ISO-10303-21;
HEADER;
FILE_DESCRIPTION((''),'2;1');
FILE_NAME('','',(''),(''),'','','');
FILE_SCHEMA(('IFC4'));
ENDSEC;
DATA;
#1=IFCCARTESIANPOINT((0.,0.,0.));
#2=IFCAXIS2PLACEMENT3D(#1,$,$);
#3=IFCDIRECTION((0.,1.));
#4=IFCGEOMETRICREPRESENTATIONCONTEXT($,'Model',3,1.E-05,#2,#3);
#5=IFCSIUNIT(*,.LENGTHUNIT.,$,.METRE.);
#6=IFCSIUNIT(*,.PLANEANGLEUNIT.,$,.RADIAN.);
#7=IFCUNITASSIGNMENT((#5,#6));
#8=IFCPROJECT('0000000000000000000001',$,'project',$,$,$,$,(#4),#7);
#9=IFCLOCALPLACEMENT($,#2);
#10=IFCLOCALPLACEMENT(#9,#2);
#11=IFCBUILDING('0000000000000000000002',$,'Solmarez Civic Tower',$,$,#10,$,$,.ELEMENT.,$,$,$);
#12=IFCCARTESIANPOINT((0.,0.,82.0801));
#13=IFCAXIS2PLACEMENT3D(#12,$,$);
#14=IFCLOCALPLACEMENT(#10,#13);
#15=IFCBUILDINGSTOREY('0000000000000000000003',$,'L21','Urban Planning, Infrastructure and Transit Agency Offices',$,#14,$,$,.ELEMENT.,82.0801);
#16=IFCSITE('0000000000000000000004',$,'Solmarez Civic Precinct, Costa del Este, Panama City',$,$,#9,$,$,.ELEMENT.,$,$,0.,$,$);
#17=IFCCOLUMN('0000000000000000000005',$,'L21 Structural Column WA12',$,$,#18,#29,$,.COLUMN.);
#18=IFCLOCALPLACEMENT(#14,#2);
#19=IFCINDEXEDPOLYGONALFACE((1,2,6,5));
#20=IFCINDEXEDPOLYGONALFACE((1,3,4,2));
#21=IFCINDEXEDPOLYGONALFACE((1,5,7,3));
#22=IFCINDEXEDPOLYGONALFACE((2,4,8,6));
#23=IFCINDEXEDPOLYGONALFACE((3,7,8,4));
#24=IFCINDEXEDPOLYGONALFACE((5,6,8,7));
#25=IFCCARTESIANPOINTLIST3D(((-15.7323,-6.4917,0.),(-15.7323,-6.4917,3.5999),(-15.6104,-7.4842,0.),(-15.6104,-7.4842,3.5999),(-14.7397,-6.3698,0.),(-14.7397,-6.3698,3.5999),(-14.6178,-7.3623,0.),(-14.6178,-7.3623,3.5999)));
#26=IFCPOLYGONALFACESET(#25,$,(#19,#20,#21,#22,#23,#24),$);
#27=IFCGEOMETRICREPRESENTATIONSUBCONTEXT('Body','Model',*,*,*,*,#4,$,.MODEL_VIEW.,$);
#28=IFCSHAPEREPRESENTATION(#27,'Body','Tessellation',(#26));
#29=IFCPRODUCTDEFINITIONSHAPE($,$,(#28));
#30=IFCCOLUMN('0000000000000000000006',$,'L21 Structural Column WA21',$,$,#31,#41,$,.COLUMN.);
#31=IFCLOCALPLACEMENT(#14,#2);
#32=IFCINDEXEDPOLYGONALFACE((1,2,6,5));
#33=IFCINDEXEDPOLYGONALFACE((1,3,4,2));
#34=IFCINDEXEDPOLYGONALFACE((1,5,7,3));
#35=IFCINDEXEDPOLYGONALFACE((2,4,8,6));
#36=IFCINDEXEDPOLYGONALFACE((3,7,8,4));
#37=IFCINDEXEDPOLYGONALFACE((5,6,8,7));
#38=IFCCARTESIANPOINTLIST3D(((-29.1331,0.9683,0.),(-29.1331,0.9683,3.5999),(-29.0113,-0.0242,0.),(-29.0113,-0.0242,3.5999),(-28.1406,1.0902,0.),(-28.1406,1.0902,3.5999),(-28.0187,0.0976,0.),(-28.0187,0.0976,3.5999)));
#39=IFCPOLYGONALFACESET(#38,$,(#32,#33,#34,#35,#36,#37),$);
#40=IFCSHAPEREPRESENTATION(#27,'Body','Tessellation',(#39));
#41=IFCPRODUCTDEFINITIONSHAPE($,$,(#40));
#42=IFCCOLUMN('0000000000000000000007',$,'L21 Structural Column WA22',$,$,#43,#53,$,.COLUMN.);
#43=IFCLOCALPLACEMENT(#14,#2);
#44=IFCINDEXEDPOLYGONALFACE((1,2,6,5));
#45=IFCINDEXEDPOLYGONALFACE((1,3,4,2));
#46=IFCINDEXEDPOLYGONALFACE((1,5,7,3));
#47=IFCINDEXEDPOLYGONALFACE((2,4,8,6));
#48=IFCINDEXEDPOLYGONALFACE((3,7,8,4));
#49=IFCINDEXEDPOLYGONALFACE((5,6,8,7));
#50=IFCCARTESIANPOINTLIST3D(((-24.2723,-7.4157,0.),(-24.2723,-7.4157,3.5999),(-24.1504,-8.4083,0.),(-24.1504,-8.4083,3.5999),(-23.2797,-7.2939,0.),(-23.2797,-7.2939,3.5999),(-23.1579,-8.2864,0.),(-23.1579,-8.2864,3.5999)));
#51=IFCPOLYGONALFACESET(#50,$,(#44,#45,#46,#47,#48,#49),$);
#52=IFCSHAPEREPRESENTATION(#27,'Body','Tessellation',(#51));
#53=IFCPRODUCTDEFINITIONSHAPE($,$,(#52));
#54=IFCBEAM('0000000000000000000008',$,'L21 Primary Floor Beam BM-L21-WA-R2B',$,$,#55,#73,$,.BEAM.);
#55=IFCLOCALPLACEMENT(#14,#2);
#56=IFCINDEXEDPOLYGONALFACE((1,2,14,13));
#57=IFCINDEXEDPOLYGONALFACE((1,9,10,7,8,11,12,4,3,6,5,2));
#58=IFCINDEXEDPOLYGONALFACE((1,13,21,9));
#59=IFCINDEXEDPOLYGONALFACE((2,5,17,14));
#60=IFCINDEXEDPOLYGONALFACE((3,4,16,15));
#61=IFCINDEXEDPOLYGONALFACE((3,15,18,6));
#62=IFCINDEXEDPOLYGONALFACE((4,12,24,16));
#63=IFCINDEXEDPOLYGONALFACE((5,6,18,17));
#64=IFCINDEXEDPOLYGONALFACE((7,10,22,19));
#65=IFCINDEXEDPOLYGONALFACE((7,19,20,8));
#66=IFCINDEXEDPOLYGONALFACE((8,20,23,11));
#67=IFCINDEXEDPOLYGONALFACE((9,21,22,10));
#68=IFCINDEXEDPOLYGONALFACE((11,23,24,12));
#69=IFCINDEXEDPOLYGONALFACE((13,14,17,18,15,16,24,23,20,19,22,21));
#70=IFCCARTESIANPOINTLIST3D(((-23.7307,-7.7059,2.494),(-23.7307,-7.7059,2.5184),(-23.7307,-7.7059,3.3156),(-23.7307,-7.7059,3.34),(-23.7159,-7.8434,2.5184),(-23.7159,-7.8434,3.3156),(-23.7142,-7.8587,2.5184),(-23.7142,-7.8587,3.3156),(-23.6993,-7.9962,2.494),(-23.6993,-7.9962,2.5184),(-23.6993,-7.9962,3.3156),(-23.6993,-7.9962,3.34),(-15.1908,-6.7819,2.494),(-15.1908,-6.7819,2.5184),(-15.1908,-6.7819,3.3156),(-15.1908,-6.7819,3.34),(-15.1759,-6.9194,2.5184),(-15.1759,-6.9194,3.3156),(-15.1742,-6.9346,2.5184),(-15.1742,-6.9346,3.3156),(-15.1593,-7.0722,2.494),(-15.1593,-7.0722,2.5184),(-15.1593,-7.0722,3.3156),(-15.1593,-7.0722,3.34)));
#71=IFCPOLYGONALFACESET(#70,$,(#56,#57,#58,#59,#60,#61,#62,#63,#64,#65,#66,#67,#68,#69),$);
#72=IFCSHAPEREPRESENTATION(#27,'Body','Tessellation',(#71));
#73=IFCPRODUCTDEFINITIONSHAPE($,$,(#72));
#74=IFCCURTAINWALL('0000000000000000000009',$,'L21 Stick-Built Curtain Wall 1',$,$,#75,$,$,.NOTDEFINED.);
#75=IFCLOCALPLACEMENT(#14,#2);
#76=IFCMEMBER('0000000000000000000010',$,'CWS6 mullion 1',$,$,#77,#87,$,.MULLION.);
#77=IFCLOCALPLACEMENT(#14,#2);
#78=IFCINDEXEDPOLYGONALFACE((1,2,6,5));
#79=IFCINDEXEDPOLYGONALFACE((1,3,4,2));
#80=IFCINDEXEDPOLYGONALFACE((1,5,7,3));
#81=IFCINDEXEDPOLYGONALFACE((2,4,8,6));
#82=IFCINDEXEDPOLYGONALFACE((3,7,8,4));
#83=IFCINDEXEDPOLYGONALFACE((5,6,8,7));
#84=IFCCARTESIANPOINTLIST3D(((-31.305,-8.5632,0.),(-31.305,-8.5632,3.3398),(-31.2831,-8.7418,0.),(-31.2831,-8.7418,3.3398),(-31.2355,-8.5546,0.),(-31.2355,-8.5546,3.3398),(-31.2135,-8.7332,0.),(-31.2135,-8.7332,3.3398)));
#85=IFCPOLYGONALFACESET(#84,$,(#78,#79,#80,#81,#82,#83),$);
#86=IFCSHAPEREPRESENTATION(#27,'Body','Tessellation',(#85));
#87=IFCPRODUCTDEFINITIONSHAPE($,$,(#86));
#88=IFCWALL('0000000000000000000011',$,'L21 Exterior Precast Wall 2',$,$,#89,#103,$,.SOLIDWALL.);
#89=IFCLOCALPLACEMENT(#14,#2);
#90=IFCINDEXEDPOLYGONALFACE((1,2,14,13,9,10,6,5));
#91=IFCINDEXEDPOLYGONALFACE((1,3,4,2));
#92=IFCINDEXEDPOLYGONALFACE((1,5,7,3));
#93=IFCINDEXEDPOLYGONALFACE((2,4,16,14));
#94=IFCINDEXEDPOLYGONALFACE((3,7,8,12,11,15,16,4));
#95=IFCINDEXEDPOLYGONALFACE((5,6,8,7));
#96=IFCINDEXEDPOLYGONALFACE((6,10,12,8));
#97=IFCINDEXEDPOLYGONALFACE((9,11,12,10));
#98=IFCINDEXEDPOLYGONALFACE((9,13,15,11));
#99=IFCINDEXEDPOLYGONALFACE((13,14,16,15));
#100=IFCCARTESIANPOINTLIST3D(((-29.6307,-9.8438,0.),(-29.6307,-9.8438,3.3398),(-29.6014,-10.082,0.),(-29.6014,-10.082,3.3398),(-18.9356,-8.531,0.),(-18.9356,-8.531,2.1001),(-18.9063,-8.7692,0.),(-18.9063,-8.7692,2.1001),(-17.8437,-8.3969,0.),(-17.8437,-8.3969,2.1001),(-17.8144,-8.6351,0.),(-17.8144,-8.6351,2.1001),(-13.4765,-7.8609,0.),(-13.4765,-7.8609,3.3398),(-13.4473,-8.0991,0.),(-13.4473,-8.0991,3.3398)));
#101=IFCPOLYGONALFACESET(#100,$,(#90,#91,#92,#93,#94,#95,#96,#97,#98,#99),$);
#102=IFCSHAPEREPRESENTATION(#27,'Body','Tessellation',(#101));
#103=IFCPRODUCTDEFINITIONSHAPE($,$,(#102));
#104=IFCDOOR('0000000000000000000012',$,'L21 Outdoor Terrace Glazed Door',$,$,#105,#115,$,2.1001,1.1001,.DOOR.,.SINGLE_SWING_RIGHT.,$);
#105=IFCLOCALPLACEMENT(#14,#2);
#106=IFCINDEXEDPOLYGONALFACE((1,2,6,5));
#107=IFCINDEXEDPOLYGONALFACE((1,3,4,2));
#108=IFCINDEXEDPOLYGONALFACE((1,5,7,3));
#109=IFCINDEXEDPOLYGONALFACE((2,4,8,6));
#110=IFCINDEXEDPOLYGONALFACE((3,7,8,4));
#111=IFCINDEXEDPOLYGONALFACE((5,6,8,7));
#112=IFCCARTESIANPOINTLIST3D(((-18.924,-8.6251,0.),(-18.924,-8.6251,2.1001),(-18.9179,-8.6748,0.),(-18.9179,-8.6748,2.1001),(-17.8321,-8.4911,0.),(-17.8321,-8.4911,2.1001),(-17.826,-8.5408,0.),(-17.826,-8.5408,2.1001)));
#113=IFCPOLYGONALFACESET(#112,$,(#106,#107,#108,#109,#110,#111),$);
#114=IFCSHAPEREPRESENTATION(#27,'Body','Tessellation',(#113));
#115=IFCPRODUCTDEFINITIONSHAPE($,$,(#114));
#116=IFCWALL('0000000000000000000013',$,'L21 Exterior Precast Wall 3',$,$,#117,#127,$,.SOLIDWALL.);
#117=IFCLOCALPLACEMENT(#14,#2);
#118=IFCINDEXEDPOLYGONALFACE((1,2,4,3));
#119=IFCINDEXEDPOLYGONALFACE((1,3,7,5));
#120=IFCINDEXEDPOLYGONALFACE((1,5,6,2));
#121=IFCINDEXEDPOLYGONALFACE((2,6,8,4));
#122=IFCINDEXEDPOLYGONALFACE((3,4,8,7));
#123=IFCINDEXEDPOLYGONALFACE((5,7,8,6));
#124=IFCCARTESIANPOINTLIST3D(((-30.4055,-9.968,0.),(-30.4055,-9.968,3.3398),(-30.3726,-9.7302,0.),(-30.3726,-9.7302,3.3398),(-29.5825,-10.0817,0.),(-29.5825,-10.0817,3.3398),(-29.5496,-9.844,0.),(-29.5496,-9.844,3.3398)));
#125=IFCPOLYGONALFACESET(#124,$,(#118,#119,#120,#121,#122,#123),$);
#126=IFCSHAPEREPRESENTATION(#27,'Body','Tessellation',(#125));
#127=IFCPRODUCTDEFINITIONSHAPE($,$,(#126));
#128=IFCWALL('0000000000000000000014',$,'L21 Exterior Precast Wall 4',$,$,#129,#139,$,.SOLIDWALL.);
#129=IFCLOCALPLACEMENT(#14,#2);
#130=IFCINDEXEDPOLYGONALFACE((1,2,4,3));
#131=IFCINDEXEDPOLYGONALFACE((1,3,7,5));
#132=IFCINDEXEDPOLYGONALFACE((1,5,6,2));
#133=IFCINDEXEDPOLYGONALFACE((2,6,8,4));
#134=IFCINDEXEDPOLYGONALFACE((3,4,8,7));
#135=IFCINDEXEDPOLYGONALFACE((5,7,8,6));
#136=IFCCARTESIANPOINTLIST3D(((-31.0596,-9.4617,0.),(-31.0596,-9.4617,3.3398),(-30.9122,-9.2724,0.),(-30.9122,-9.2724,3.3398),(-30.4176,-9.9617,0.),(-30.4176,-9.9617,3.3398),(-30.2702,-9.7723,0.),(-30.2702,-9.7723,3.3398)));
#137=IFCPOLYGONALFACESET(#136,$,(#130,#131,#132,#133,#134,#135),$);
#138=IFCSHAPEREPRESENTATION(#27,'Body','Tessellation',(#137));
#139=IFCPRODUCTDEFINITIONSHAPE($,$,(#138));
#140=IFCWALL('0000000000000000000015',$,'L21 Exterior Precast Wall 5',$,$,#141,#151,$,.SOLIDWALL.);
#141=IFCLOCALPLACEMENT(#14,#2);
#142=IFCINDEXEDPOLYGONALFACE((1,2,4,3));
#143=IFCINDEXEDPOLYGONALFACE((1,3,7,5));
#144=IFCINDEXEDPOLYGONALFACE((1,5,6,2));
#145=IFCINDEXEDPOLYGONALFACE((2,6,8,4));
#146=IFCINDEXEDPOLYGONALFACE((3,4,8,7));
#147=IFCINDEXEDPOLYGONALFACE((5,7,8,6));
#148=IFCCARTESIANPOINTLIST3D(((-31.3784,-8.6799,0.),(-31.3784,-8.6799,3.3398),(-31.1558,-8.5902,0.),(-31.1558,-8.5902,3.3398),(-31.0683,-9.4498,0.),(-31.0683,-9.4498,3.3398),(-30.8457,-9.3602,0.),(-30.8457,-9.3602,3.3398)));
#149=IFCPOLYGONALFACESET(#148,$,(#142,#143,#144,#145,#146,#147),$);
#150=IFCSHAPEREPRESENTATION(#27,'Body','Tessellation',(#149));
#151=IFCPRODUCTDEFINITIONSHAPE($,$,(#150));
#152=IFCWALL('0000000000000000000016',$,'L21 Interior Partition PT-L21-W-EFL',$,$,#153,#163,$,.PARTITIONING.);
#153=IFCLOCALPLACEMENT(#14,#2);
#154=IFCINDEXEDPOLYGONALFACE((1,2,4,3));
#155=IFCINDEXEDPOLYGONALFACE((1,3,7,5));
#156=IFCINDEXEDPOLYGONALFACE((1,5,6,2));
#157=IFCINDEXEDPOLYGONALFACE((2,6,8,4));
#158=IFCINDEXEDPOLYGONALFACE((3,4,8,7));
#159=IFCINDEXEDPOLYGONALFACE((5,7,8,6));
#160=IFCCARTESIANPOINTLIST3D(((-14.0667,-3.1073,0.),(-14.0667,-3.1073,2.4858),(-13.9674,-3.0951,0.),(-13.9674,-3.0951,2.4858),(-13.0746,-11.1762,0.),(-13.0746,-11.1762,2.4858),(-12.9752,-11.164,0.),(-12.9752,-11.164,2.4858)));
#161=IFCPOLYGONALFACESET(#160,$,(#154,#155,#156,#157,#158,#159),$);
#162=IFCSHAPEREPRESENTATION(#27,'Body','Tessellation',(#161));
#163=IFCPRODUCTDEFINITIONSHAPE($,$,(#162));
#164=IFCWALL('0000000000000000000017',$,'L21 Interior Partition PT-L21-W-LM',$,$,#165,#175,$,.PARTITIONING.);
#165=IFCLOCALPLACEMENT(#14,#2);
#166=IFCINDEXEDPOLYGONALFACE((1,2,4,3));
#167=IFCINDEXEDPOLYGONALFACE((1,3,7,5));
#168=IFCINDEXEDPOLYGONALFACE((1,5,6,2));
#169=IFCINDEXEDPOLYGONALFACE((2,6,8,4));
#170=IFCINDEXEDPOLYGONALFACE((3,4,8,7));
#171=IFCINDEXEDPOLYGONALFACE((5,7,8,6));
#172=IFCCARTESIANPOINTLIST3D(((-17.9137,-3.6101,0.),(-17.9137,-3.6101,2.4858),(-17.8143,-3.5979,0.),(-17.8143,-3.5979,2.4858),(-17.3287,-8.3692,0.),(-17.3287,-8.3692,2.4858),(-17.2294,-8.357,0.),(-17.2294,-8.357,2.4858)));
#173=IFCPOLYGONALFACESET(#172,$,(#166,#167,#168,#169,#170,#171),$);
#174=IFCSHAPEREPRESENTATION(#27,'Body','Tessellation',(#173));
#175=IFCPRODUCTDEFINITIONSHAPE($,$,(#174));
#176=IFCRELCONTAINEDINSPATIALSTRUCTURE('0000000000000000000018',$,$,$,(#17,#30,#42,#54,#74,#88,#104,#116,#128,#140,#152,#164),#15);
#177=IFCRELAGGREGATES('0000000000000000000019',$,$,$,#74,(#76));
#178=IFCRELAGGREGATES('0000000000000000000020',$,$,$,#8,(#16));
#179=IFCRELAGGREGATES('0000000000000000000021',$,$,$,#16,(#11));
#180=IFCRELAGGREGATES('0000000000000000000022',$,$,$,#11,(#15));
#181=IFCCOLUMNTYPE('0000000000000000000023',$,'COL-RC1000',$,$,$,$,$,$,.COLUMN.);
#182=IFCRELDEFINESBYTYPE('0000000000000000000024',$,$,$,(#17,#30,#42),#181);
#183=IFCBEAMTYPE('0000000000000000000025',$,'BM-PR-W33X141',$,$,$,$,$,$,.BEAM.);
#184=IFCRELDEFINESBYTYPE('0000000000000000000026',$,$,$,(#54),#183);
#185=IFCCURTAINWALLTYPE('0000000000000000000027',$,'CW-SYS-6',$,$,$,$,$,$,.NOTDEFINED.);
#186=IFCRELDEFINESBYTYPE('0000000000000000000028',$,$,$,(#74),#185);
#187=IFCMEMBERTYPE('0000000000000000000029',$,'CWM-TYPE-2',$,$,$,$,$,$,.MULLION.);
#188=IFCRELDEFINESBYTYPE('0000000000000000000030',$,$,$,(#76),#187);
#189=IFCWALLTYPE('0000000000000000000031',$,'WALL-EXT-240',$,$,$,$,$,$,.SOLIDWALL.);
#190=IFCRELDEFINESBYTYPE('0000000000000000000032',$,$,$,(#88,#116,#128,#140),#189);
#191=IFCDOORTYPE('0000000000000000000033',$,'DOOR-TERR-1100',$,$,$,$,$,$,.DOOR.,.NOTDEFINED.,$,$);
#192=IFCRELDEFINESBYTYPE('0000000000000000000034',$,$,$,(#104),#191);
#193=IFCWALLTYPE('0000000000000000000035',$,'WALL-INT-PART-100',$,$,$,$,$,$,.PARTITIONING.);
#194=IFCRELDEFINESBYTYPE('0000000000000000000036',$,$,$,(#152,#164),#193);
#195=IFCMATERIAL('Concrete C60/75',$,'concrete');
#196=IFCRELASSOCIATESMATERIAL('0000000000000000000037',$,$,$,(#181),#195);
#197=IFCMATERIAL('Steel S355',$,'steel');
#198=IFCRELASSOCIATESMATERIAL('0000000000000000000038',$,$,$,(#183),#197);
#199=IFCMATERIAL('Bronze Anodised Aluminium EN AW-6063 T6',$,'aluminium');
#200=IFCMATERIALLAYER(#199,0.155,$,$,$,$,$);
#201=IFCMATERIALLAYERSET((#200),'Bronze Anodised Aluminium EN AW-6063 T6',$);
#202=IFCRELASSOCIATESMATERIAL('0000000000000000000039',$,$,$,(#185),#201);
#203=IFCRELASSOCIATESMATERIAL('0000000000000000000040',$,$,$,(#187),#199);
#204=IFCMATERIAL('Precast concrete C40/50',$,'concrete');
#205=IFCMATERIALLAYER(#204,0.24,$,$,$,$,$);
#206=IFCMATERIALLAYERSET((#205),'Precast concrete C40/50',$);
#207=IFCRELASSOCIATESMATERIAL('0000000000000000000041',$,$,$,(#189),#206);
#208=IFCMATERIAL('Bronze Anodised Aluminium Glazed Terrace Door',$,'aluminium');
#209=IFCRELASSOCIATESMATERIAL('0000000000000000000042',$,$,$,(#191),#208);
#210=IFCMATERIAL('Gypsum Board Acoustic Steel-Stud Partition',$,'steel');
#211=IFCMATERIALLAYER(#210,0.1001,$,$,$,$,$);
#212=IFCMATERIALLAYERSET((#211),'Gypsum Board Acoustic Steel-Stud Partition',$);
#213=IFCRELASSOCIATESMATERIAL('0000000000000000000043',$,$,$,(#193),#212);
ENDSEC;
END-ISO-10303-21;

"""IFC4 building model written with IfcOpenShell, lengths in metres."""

from ifc_helpers import new_model, si_unit, direction, frame, frame_2d, origin, origin_2d, place, context, subcontext, project, spatial, rectangle, i_section, extrude, material, layer, layer_set, material_profile, profile_set, type_object, element, fill, aggregate, save


model = new_model("IFC4")

# Units and contexts
model_context = context("Model", 3, precision=1e-05, world=origin(), true_north=direction((0.0, 1.0)))
body_context = subcontext(model_context, "Body", "Model", "MODEL_VIEW")
ifc_project = project(units=[si_unit("LENGTHUNIT", "METRE"), si_unit("PLANEANGLEUNIT", "RADIAN")], contexts=[model_context])

# Site, building, storey
site_placement = place(None, origin())
site = spatial("IfcSite", under=ifc_project, at=site_placement, Name="Solmarez Civic Precinct, Costa del Este, Panama City", CompositionType="ELEMENT", RefElevation=0.0)
building_placement = place(site_placement, origin())
building = spatial("IfcBuilding", under=site, at=building_placement, Name="Solmarez Civic Tower", CompositionType="ELEMENT")
storey_placement = place(building_placement, frame((0.0, 0.0, 82.0801)))
storey = spatial("IfcBuildingStorey", under=building, at=storey_placement, Name="L21", Description="Urban Planning, Infrastructure and Transit Agency Offices", CompositionType="ELEMENT", Elevation=82.0801)

# Columns
ifc_material_1 = material(Name="Concrete C60/75", Category="concrete")
ifc_material_profile_1 = material_profile(ifc_material_1, rectangle(XDim=1.0, YDim=1.0, at=origin_2d()), Name="RC1000X1000")
ifc_profile_set_1 = profile_set([ifc_material_profile_1], Name="Concrete C60/75")
column_type = type_object("IfcColumnType", Name="COL-RC1000", PredefinedType="COLUMN", material=ifc_profile_set_1)
for number, where, z_axis, x_axis, name in (
    (1, (-15.175, -6.927, 0.0), (0.0, 0.0, 1.0), (0.992546, 0.121869, 0.0), "L21 Structural Column WA12"),
    (2, (-28.5759, 0.533, 0.0), (0.0, 0.0, 1.0), (0.992546, 0.121869, 0.0), "L21 Structural Column WA21"),
    (3, (-23.7151, -7.8511, 0.0), (0.0, 0.0, 1.0), (0.992546, 0.121869, 0.0), "L21 Structural Column WA22"),
):
    element("IfcColumn", number, at=place(storey_placement, frame(where, z_axis=z_axis, x_axis=x_axis)), inside=storey, type_object=column_type, Name=name, PredefinedType="COLUMN", context=body_context, shape_type="SweptSolid", body=[
        extrude(rectangle(XDim=1.0, YDim=1.0, at=origin_2d()), origin(), (0.0, 0.0, 1.0), 3.5999),
    ])

# Beam
ifc_material_2 = material(Name="Steel S355", Category="steel")
ifc_material_profile_2 = material_profile(ifc_material_2, i_section(OverallWidth=0.292, OverallDepth=0.8459, WebThickness=0.0154, FlangeThickness=0.0244, at=origin_2d()), Name="W33X141")
ifc_profile_set_2 = profile_set([ifc_material_profile_2], Name="Steel S355")
beam_type = type_object("IfcBeamType", Name="BM-PR-W33X141", PredefinedType="BEAM", material=ifc_profile_set_2)
beam_placement = place(storey_placement, frame((-15.175, -6.927, 2.917), z_axis=(-0.994197, -0.107577, 0.0), x_axis=(0.107577, -0.994197, 0.0)))
element("IfcBeam", 4, at=beam_placement, inside=storey, type_object=beam_type, Name="L21 Primary Floor Beam BM-L21-WA-R2B", PredefinedType="BEAM", context=body_context, shape_type="SweptSolid", body=[
    extrude(i_section(OverallWidth=0.292, OverallDepth=0.8459, WebThickness=0.0154, FlangeThickness=0.0244, at=origin_2d()), origin(), (0.0, 0.0, 1.0), 8.5898),
])

# Curtain wall, member
ifc_material_3 = material(Name="Bronze Anodised Aluminium EN AW-6063 T6", Category="aluminium")
ifc_layer_1 = layer(ifc_material_3, 0.155)
ifc_layer_set_1 = layer_set([ifc_layer_1], Name="Bronze Anodised Aluminium EN AW-6063 T6")
curtain_wall_type = type_object("IfcCurtainWallType", Name="CW-SYS-6", PredefinedType="NOTDEFINED", material=ifc_layer_set_1)
curtain_wall_placement = place(storey_placement, origin())
curtain_wall = element("IfcCurtainWall", 5, at=curtain_wall_placement, inside=storey, type_object=curtain_wall_type, Name="L21 Stick-Built Curtain Wall 1", PredefinedType="NOTDEFINED")
ifc_material_profile_3 = material_profile(ifc_material_3, rectangle(XDim=0.0701, YDim=0.1799, at=origin_2d()), Name="CWM-70X180")
ifc_profile_set_3 = profile_set([ifc_material_profile_3], Name="Bronze Anodised Aluminium EN AW-6063 T6")
member_type = type_object("IfcMemberType", Name="CWM-TYPE-2", PredefinedType="MULLION", material=ifc_profile_set_3)
member_placement = place(storey_placement, frame((-31.2593, -8.6482, 0.0), z_axis=(0.0, 0.0, 1.0), x_axis=(-0.992549, -0.121849, 0.0)))
member = element("IfcMember", 6, at=member_placement, type_object=member_type, Name="CWS6 mullion 1", PredefinedType="MULLION", context=body_context, shape_type="SweptSolid", body=[
    extrude(rectangle(XDim=0.0701, YDim=0.1799, at=origin_2d()), origin(), (0.0, 0.0, 1.0), 3.3398),
])
aggregate(curtain_wall, [member])

# Wall, opening, door
ifc_material_4 = material(Name="Precast concrete C40/50", Category="concrete")
ifc_layer_2 = layer(ifc_material_4, 0.24)
ifc_layer_set_2 = layer_set([ifc_layer_2], Name="Precast concrete C40/50")
wall_type_1 = type_object("IfcWallType", Name="WALL-EXT-240", PredefinedType="SOLIDWALL", material=ifc_layer_set_2)
wall_1_placement = place(storey_placement, frame((-13.4619, -7.98, 0.0), z_axis=(0.0, 0.0, 1.0), x_axis=(-0.99255, -0.121836, 0.0)))
wall_1 = element("IfcWall", 7, at=wall_1_placement, inside=storey, type_object=wall_type_1, Name="L21 Exterior Precast Wall 2", PredefinedType="SOLIDWALL", context=body_context, shape_type="SweptSolid", body=[
    extrude(rectangle(XDim=16.2754, YDim=0.24, at=frame_2d((8.1377, 0.0))), origin(), (0.0, 0.0, 1.0), 3.3398),
])
opening_1_placement = place(wall_1_placement, frame((4.3999, 0.0, 0.0)))
opening_1 = element("IfcOpeningElement", 8, at=opening_1_placement, cuts=wall_1, PredefinedType="OPENING", context=body_context, shape_type="SweptSolid", body=[
    extrude(rectangle(XDim=1.1001, YDim=2.1001, at=frame_2d((0.55, 1.05))), frame((0.0, 0.1299, 0.0), z_axis=(0.0, -1.0, 0.0), x_axis=(1.0, 0.0, 0.0)), (0.0, 0.0, 1.0), 0.26),
])
ifc_material_5 = material(Name="Bronze Anodised Aluminium Glazed Terrace Door", Category="aluminium")
door_type_1 = type_object("IfcDoorType", Name="DOOR-TERR-1100", OperationType="NOTDEFINED", PredefinedType="DOOR", material=ifc_material_5)
door_1_placement = place(opening_1_placement, origin())
door_1 = element("IfcDoor", 9, at=door_1_placement, inside=storey, type_object=door_type_1, Name="L21 Outdoor Terrace Glazed Door", OperationType="SINGLE_SWING_RIGHT", OverallHeight=2.1001, OverallWidth=1.1001, PredefinedType="DOOR", context=body_context, shape_type="SweptSolid", body=[
    extrude(rectangle(XDim=1.1001, YDim=2.1001, at=frame_2d((0.55, 1.05))), frame((0.0, 0.0249, 0.0), z_axis=(0.0, -1.0, 0.0), x_axis=(1.0, 0.0, 0.0)), (0.0, 0.0, 1.0), 0.05),
])
fill(opening_1, door_1)

# Walls
wall_2_placement = place(storey_placement, frame((-29.5659, -9.9629, 0.0), z_axis=(0.0, 0.0, 1.0), x_axis=(-0.99058, 0.136936, 0.0)))
element("IfcWall", 10, at=wall_2_placement, inside=storey, type_object=wall_type_1, Name="L21 Exterior Precast Wall 3", PredefinedType="SOLIDWALL", context=body_context, shape_type="SweptSolid", body=[
    extrude(rectangle(XDim=0.8308, YDim=0.24, at=frame_2d((0.4155, 0.0))), origin(), (0.0, 0.0, 1.0), 3.3398),
])
wall_3_placement = place(storey_placement, frame((-30.344, -9.8669, 0.0), z_axis=(0.0, 0.0, 1.0), x_axis=(-0.788997, 0.614397, 0.0)))
element("IfcWall", 11, at=wall_3_placement, inside=storey, type_object=wall_type_1, Name="L21 Exterior Precast Wall 4", PredefinedType="SOLIDWALL", context=body_context, shape_type="SweptSolid", body=[
    extrude(rectangle(XDim=0.8137, YDim=0.24, at=frame_2d((0.4067, 0.0))), origin(), (0.0, 0.0, 1.0), 3.3398),
])
wall_4_placement = place(storey_placement, frame((-30.957, -9.405, 0.0), z_axis=(0.0, 0.0, 1.0), x_axis=(-0.373519, 0.927622, 0.0)))
element("IfcWall", 12, at=wall_4_placement, inside=storey, type_object=wall_type_1, Name="L21 Exterior Precast Wall 5", PredefinedType="SOLIDWALL", context=body_context, shape_type="SweptSolid", body=[
    extrude(rectangle(XDim=0.8301, YDim=0.24, at=frame_2d((0.415, 0.0))), origin(), (0.0, 0.0, 1.0), 3.3398),
])
ifc_material_6 = material(Name="Gypsum Board Acoustic Steel-Stud Partition", Category="steel")
ifc_layer_3 = layer(ifc_material_6, 0.1001)
ifc_layer_set_3 = layer_set([ifc_layer_3], Name="Gypsum Board Acoustic Steel-Stud Partition")
wall_type_2 = type_object("IfcWallType", Name="WALL-INT-PART-100", PredefinedType="PARTITIONING", material=ifc_layer_set_3)
wall_5_placement = place(storey_placement, frame((-14.0171, -3.1011, 0.0), z_axis=(0.0, 0.0, 1.0), x_axis=(0.122046, -0.992524, 0.0)))
element("IfcWall", 13, at=wall_5_placement, inside=storey, type_object=wall_type_2, Name="L21 Interior Partition PT-L21-W-EFL", PredefinedType="PARTITIONING", context=body_context, shape_type="SweptSolid", body=[
    extrude(rectangle(XDim=8.1296, YDim=0.1001, at=frame_2d((4.0649, 0.0))), origin(), (0.0, 0.0, 1.0), 2.4858),
])
wall_6_placement = place(storey_placement, frame((-17.864, -3.604, 0.0), z_axis=(0.0, 0.0, 1.0), x_axis=(0.121998, -0.99253, 0.0)))
element("IfcWall", 14, at=wall_6_placement, inside=storey, type_object=wall_type_2, Name="L21 Interior Partition PT-L21-W-LM", PredefinedType="PARTITIONING", context=body_context, shape_type="SweptSolid", body=[
    extrude(rectangle(XDim=4.7949, YDim=0.1001, at=frame_2d((2.3975, 0.0))), origin(), (0.0, 0.0, 1.0), 2.4858),
])

save(model, "model.ifc")
